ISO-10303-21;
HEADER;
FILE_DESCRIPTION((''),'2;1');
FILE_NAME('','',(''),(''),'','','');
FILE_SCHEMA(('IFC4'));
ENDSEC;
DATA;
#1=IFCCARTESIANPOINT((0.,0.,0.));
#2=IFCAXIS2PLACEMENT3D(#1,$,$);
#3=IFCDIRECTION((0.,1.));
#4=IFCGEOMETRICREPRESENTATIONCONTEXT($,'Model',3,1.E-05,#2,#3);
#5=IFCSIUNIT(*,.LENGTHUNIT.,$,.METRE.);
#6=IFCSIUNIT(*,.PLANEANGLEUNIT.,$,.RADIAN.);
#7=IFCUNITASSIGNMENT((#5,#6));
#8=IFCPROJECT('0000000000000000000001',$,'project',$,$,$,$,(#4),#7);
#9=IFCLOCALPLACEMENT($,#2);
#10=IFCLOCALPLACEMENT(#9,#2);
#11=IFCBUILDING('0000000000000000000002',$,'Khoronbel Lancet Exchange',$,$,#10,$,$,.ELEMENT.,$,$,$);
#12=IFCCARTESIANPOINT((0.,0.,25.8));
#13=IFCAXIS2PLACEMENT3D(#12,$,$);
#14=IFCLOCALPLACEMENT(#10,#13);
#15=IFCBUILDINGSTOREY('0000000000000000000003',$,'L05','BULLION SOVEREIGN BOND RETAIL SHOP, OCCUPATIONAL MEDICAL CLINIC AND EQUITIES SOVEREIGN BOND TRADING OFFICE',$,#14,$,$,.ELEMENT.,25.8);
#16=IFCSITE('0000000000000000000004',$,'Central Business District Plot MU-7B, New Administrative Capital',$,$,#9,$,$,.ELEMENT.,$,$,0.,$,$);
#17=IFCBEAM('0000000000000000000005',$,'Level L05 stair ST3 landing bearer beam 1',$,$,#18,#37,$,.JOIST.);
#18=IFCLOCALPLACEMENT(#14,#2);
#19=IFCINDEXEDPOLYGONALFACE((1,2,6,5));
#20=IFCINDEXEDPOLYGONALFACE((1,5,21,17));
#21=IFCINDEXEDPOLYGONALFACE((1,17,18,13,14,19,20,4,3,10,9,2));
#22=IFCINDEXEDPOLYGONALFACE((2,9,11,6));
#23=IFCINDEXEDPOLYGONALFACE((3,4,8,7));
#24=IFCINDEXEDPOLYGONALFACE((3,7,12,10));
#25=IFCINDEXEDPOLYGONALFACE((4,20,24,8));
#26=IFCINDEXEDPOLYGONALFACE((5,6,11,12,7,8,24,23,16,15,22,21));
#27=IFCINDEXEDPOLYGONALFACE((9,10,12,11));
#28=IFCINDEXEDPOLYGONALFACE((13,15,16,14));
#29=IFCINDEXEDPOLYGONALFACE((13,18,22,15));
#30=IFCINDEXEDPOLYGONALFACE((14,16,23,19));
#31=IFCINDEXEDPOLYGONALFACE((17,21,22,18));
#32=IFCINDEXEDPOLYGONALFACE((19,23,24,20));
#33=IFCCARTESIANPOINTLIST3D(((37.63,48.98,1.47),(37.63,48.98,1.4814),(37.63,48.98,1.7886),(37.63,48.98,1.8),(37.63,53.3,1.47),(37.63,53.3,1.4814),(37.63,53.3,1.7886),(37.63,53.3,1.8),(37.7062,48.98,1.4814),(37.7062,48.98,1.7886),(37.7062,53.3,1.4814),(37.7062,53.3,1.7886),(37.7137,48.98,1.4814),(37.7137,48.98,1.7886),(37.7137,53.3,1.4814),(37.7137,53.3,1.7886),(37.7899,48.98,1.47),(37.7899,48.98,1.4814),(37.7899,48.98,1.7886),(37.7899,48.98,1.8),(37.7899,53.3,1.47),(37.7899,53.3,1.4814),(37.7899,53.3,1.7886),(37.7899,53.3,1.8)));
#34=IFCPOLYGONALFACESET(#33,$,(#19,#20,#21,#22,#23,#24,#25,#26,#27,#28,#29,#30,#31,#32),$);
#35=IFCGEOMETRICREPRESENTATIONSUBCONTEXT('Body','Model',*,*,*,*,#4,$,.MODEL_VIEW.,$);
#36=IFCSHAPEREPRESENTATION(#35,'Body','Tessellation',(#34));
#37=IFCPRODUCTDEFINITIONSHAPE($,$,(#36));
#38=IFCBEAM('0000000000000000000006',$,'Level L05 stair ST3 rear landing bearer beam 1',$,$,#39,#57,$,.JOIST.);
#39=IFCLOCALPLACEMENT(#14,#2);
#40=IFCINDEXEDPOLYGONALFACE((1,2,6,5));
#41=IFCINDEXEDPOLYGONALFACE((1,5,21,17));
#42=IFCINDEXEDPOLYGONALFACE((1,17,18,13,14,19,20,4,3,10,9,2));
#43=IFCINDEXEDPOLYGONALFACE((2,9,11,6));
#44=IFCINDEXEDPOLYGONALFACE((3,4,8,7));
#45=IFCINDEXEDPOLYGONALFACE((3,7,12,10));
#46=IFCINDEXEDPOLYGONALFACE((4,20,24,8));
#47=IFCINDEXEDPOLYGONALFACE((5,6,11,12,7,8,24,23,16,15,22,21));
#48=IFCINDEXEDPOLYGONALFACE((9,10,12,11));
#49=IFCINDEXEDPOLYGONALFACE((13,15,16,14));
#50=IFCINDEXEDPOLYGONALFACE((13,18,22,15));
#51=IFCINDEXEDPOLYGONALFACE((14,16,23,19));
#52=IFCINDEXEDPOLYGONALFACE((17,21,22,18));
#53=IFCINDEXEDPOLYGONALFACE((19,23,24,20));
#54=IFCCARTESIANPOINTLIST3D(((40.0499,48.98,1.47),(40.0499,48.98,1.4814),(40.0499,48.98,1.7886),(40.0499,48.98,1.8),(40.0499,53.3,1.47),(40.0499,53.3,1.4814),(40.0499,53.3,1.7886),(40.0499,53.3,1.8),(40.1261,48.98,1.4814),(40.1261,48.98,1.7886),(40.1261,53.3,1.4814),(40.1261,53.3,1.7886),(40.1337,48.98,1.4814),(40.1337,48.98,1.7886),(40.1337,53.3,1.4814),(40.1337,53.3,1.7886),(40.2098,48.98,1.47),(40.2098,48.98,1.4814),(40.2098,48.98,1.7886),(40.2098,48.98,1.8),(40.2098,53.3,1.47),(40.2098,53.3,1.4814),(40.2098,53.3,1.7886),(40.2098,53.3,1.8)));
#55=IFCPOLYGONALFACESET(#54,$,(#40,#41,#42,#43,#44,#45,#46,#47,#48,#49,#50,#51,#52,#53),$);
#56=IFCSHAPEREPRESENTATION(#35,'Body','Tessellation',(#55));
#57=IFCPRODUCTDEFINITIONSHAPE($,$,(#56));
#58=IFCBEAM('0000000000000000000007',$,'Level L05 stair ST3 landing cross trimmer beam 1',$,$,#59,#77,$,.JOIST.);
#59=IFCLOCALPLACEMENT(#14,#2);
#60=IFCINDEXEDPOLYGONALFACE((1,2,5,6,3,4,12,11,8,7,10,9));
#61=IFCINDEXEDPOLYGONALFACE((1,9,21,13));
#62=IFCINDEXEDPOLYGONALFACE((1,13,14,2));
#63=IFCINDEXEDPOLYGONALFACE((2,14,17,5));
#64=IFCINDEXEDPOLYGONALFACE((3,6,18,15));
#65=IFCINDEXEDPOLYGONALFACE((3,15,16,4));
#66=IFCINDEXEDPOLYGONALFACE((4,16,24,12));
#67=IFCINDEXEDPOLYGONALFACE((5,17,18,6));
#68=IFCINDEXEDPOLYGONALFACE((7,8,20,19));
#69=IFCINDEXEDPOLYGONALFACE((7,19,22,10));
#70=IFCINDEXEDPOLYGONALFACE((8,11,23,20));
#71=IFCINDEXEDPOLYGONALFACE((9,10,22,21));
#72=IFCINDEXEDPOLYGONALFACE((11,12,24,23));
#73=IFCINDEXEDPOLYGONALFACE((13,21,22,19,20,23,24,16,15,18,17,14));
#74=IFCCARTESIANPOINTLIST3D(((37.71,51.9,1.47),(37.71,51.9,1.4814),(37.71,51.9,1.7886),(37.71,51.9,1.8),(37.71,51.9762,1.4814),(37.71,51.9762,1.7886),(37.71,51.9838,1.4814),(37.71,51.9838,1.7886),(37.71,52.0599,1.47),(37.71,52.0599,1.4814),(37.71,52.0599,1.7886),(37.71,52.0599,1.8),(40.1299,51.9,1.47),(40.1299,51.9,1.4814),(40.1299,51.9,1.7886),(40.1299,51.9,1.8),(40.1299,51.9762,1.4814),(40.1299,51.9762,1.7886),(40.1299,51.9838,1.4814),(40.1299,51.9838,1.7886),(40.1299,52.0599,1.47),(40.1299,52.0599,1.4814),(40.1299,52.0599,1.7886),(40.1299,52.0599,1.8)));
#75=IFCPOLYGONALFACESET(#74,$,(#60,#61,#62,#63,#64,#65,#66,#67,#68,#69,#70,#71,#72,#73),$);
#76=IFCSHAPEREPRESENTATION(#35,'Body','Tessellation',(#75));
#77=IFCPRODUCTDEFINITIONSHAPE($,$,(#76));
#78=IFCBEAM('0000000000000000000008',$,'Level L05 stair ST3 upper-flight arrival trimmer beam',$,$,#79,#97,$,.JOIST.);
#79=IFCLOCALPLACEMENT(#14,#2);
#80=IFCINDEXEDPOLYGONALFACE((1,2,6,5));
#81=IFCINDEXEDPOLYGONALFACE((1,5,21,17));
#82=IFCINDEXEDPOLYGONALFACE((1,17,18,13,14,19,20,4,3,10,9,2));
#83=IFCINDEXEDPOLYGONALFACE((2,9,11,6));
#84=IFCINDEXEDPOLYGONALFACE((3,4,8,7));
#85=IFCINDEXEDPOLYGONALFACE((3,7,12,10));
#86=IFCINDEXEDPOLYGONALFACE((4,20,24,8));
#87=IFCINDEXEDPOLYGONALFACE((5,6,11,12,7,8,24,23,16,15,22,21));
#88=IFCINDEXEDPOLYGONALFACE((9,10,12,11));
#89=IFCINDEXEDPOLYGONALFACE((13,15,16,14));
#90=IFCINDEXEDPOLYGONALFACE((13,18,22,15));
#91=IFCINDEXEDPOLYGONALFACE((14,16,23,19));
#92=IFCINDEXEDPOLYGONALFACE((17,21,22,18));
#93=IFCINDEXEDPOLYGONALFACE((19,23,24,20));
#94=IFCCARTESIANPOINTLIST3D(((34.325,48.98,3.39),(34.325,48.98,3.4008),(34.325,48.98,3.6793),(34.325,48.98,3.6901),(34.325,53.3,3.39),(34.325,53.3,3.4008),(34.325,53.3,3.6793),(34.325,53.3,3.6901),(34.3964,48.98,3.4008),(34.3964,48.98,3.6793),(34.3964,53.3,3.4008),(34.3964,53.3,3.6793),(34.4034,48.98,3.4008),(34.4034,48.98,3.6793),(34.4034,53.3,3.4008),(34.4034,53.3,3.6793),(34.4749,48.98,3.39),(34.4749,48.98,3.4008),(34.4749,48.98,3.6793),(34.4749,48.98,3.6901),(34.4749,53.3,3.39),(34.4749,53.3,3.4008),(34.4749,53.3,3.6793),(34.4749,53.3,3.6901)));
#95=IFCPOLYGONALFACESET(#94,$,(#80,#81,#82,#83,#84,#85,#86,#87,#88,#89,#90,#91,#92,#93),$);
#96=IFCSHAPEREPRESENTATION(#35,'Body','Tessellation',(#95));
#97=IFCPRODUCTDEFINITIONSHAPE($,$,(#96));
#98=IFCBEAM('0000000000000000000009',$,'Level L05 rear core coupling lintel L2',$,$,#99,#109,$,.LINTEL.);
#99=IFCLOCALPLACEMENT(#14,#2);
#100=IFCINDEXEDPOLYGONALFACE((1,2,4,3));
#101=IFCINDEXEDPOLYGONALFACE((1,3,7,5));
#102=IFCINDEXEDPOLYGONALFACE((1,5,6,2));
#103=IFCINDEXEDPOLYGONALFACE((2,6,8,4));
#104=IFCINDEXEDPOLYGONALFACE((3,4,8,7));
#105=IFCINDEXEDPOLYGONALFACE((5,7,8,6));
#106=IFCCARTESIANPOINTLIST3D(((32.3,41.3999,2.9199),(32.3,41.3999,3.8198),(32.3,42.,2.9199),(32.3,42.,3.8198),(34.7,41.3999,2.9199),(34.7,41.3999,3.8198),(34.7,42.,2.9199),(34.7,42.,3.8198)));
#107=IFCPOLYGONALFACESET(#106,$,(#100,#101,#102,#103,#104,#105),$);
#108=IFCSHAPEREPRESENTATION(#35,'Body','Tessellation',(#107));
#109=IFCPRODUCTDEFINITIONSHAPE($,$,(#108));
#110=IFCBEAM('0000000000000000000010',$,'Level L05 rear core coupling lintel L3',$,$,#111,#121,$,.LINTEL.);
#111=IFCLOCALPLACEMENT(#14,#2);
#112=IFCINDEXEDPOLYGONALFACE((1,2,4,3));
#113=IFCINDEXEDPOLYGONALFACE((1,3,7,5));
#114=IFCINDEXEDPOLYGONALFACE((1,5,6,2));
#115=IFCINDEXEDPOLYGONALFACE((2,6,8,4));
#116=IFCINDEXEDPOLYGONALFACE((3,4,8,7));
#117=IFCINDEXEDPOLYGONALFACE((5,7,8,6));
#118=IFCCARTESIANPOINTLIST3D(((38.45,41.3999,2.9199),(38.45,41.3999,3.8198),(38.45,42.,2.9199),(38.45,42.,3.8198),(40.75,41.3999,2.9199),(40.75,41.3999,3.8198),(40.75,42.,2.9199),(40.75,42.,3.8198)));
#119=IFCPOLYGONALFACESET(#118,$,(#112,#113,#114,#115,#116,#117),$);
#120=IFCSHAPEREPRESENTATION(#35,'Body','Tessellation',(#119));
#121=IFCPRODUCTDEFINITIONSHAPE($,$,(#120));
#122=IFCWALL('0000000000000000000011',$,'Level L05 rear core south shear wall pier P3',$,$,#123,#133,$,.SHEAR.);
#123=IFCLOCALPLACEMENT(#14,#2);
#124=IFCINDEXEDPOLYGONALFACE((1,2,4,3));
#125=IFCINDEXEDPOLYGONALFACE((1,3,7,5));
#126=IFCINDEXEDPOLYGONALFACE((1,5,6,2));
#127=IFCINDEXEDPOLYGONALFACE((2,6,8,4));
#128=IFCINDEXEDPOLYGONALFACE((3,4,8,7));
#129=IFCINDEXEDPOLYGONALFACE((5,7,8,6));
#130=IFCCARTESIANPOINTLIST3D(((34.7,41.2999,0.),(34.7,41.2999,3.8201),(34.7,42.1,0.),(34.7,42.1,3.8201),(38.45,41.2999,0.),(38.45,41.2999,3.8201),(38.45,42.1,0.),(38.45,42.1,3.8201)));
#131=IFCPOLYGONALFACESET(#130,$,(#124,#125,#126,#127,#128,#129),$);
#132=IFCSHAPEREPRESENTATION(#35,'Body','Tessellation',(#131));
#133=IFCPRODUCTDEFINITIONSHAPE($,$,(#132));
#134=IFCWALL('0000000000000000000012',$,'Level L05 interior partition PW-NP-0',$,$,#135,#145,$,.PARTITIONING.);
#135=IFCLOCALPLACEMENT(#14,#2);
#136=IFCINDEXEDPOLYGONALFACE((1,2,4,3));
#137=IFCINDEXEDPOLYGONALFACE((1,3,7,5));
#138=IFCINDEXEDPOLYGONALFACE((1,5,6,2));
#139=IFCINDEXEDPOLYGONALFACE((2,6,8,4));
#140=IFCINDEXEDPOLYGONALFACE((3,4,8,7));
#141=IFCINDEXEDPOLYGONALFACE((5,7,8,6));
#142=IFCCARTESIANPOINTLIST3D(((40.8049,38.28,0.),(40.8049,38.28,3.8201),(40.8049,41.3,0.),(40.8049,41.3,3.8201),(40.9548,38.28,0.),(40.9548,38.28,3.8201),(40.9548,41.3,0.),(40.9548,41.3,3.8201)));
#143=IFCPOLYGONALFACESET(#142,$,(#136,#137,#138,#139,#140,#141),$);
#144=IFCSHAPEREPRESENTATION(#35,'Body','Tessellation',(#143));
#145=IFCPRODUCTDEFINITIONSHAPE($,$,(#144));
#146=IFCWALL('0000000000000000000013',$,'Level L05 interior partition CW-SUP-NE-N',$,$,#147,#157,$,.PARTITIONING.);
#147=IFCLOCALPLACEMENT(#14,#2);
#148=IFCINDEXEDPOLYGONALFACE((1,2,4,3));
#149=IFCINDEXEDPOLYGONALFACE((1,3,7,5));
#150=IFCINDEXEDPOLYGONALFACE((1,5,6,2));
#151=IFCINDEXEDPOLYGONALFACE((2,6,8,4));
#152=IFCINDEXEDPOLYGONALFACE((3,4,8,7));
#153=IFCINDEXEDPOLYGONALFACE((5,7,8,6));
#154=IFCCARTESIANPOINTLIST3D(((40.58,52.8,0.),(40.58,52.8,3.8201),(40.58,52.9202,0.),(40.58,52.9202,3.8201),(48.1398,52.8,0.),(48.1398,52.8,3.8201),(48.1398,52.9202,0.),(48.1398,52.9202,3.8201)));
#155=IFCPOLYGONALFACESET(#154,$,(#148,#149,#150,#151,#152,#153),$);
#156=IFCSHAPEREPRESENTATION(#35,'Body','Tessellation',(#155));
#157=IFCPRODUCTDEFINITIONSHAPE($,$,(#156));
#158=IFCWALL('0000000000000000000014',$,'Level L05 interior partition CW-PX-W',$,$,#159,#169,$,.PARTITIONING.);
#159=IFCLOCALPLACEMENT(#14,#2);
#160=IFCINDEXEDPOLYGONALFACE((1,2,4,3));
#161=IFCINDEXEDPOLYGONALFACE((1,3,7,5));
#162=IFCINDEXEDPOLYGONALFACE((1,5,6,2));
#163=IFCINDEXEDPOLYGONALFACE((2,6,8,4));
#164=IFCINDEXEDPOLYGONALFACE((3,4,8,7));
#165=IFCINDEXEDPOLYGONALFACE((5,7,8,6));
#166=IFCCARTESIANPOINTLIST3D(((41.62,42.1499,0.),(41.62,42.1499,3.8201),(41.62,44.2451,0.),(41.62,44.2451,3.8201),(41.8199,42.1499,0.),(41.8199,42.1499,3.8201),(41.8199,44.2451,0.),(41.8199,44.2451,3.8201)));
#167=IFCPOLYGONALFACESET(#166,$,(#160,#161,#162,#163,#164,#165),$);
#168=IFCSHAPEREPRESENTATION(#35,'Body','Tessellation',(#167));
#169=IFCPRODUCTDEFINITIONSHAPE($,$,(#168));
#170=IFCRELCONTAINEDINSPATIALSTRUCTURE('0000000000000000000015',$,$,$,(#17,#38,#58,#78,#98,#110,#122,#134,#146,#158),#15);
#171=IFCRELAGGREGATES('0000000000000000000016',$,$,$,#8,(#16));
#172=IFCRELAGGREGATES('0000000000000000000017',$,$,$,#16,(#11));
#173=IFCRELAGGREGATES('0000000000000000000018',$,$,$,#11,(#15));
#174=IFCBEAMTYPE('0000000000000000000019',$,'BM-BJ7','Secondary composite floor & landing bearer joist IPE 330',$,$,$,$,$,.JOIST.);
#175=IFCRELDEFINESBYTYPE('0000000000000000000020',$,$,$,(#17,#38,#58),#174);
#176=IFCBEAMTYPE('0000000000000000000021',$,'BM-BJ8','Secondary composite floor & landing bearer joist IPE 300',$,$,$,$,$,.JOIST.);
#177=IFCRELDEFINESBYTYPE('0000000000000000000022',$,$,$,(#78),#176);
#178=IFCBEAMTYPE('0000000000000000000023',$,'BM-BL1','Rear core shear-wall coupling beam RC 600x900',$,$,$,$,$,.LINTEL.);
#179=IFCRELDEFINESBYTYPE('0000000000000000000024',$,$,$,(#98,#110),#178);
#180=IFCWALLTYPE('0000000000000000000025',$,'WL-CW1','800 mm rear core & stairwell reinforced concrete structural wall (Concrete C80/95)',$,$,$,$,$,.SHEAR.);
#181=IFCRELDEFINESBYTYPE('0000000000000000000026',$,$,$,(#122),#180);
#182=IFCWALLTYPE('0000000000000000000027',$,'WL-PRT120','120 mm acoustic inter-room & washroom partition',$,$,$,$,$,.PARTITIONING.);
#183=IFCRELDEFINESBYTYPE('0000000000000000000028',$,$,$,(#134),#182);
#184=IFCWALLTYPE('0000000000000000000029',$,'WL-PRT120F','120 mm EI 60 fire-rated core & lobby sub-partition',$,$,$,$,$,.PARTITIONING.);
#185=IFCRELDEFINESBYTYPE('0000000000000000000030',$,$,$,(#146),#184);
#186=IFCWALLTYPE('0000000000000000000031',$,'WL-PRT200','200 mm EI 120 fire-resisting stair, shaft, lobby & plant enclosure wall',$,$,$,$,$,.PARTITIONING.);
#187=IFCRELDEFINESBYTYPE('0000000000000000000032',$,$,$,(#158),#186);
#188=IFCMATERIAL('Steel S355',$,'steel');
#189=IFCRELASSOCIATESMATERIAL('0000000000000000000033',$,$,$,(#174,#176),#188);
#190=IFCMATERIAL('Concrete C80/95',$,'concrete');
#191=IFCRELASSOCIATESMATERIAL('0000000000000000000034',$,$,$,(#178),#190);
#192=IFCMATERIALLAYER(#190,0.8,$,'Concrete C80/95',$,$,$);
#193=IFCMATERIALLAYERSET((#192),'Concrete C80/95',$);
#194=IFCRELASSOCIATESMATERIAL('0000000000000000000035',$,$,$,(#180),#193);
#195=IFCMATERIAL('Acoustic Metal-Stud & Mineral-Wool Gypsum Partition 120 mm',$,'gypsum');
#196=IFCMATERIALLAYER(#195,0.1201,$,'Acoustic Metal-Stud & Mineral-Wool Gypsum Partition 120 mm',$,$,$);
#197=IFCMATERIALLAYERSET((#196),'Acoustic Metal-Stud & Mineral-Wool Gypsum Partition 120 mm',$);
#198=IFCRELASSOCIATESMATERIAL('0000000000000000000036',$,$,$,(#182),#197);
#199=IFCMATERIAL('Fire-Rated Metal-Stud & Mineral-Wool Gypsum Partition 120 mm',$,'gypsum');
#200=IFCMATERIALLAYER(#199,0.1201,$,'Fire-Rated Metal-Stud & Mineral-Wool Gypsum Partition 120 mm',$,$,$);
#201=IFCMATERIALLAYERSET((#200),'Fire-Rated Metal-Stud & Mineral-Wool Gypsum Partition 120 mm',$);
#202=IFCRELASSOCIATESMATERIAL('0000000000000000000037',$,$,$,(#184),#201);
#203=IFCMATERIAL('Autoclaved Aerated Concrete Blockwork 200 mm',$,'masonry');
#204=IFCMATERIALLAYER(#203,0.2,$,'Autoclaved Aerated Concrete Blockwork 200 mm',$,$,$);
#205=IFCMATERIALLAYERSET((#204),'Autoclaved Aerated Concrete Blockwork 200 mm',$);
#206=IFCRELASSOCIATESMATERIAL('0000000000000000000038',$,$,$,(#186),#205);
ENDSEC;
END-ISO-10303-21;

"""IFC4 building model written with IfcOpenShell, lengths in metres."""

from ifc_helpers import new_model, si_unit, direction, frame, frame_2d, origin, origin_2d, place, context, subcontext, project, spatial, rectangle, i_section, extrude, material, layer, layer_set, material_profile, profile_set, type_object, element, save


model = new_model("IFC4")

# Units and contexts
model_context = context("Model", 3, precision=1e-05, world=origin(), true_north=direction((0.0, 1.0)))
body_context = subcontext(model_context, "Body", "Model", "MODEL_VIEW")
ifc_project = project(units=[si_unit("LENGTHUNIT", "METRE"), si_unit("PLANEANGLEUNIT", "RADIAN")], contexts=[model_context])

# Site, building, storey
site_placement = place(None, origin())
site = spatial("IfcSite", under=ifc_project, at=site_placement, Name="Central Business District Plot MU-7B, New Administrative Capital", CompositionType="ELEMENT", RefElevation=0.0)
building_placement = place(site_placement, origin())
building = spatial("IfcBuilding", under=site, at=building_placement, Name="Khoronbel Lancet Exchange", CompositionType="ELEMENT")
storey_placement = place(building_placement, frame((0.0, 0.0, 25.8)))
storey = spatial("IfcBuildingStorey", under=building, at=storey_placement, Name="L05", Description="BULLION SOVEREIGN BOND RETAIL SHOP, OCCUPATIONAL MEDICAL CLINIC AND EQUITIES SOVEREIGN BOND TRADING OFFICE", CompositionType="ELEMENT", Elevation=25.8)

# Beams
ifc_material_1 = material(Name="Steel S355", Category="steel")
ifc_material_profile_1 = material_profile(ifc_material_1, i_section(OverallWidth=0.1599, OverallDepth=0.3301, WebThickness=0.0076, FlangeThickness=0.0115, at=origin_2d()), Name="IPE 330")
ifc_profile_set_1 = profile_set([ifc_material_profile_1], Name="Steel S355")
beam_type_1 = type_object("IfcBeamType", Name="BM-BJ7", Description="Secondary composite floor & landing bearer joist IPE 330", PredefinedType="JOIST", material=ifc_profile_set_1)
for number, where, z_axis, x_axis, name in (
    (1, (37.71, 48.98, 1.635), (0.0, 1.0, 0.0), (-1.0, 0.0, 0.0), "Level L05 stair ST3 landing bearer beam 1"),
    (2, (40.1299, 48.98, 1.635), (0.0, 1.0, 0.0), (-1.0, 0.0, 0.0), "Level L05 stair ST3 rear landing bearer beam 1"),
):
    element("IfcBeam", number, at=place(storey_placement, frame(where, z_axis=z_axis, x_axis=x_axis)), inside=storey, type_object=beam_type_1, Name=name, PredefinedType="JOIST", context=body_context, shape_type="SweptSolid", body=[
        extrude(i_section(OverallWidth=0.1599, OverallDepth=0.3301, WebThickness=0.0076, FlangeThickness=0.0115, at=origin_2d()), origin(), (0.0, 0.0, 1.0), 4.3201),
    ])
beam_1_placement = place(storey_placement, frame((37.71, 51.98, 1.635), z_axis=(1.0, 0.0, 0.0), x_axis=(0.0, 1.0, 0.0)))
element("IfcBeam", 3, at=beam_1_placement, inside=storey, type_object=beam_type_1, Name="Level L05 stair ST3 landing cross trimmer beam 1", PredefinedType="JOIST", context=body_context, shape_type="SweptSolid", body=[
    extrude(i_section(OverallWidth=0.1599, OverallDepth=0.3301, WebThickness=0.0076, FlangeThickness=0.0115, at=origin_2d()), origin(), (0.0, 0.0, 1.0), 2.4199),
])
ifc_material_profile_2 = material_profile(ifc_material_1, i_section(OverallWidth=0.1499, OverallDepth=0.3, WebThickness=0.0071, FlangeThickness=0.0107, at=origin_2d()), Name="IPE 300")
ifc_profile_set_2 = profile_set([ifc_material_profile_2], Name="Steel S355")
beam_type_2 = type_object("IfcBeamType", Name="BM-BJ8", Description="Secondary composite floor & landing bearer joist IPE 300", PredefinedType="JOIST", material=ifc_profile_set_2)
beam_2_placement = place(storey_placement, frame((34.3999, 48.98, 3.54), z_axis=(0.0, 1.0, 0.0), x_axis=(-1.0, 0.0, 0.0)))
element("IfcBeam", 4, at=beam_2_placement, inside=storey, type_object=beam_type_2, Name="Level L05 stair ST3 upper-flight arrival trimmer beam", PredefinedType="JOIST", context=body_context, shape_type="SweptSolid", body=[
    extrude(i_section(OverallWidth=0.1499, OverallDepth=0.3, WebThickness=0.0071, FlangeThickness=0.0107, at=origin_2d()), origin(), (0.0, 0.0, 1.0), 4.3201),
])
ifc_material_2 = material(Name="Concrete C80/95", Category="concrete")
ifc_material_profile_3 = material_profile(ifc_material_2, rectangle(XDim=0.6001, YDim=0.8999, at=origin_2d()), Name="RC 600x900")
ifc_profile_set_3 = profile_set([ifc_material_profile_3], Name="Concrete C80/95")
beam_type_3 = type_object("IfcBeamType", Name="BM-BL1", Description="Rear core shear-wall coupling beam RC 600x900", PredefinedType="LINTEL", material=ifc_profile_set_3)
beam_3_placement = place(storey_placement, frame((32.3, 41.7, 3.3699), z_axis=(1.0, 0.0, 0.0), x_axis=(0.0, 1.0, 0.0)))
element("IfcBeam", 5, at=beam_3_placement, inside=storey, type_object=beam_type_3, Name="Level L05 rear core coupling lintel L2", PredefinedType="LINTEL", context=body_context, shape_type="SweptSolid", body=[
    extrude(rectangle(XDim=0.6001, YDim=0.8999, at=origin_2d()), origin(), (0.0, 0.0, 1.0), 2.3999),
])
beam_4_placement = place(storey_placement, frame((38.45, 41.7, 3.3699), z_axis=(1.0, 0.0, 0.0), x_axis=(0.0, 1.0, 0.0)))
element("IfcBeam", 6, at=beam_4_placement, inside=storey, type_object=beam_type_3, Name="Level L05 rear core coupling lintel L3", PredefinedType="LINTEL", context=body_context, shape_type="SweptSolid", body=[
    extrude(rectangle(XDim=0.6001, YDim=0.8999, at=origin_2d()), origin(), (0.0, 0.0, 1.0), 2.3),
])

# Walls
ifc_layer_1 = layer(ifc_material_2, 0.8, Name="Concrete C80/95")
ifc_layer_set_1 = layer_set([ifc_layer_1], Name="Concrete C80/95")
wall_type_1 = type_object("IfcWallType", Name="WL-CW1", Description="800 mm rear core & stairwell reinforced concrete structural wall (Concrete C80/95)", PredefinedType="SHEAR", material=ifc_layer_set_1)
wall_1_placement = place(storey_placement, frame((38.45, 41.7, 0.0), z_axis=(0.0, 0.0, 1.0), x_axis=(-1.0, 0.0, 0.0)))
element("IfcWall", 7, at=wall_1_placement, inside=storey, type_object=wall_type_1, Name="Level L05 rear core south shear wall pier P3", PredefinedType="SHEAR", context=body_context, shape_type="SweptSolid", body=[
    extrude(rectangle(XDim=3.75, YDim=0.8, at=frame_2d((1.875, 0.0))), origin(), (0.0, 0.0, 1.0), 3.8201),
])
ifc_material_3 = material(Name="Acoustic Metal-Stud & Mineral-Wool Gypsum Partition 120 mm", Category="gypsum")
ifc_layer_2 = layer(ifc_material_3, 0.1201, Name="Acoustic Metal-Stud & Mineral-Wool Gypsum Partition 120 mm")
ifc_layer_set_2 = layer_set([ifc_layer_2], Name="Acoustic Metal-Stud & Mineral-Wool Gypsum Partition 120 mm")
wall_type_2 = type_object("IfcWallType", Name="WL-PRT120", Description="120 mm acoustic inter-room & washroom partition", PredefinedType="PARTITIONING", material=ifc_layer_set_2)
wall_2_placement = place(storey_placement, frame((40.8799, 38.28, 0.0), z_axis=(0.0, 0.0, 1.0), x_axis=(0.0, 1.0, 0.0)))
element("IfcWall", 8, at=wall_2_placement, inside=storey, type_object=wall_type_2, Name="Level L05 interior partition PW-NP-0", PredefinedType="PARTITIONING", context=body_context, shape_type="SweptSolid", body=[
    extrude(rectangle(XDim=3.02, YDim=0.1499, at=frame_2d((1.51, 0.0))), origin(), (0.0, 0.0, 1.0), 3.8201),
])
ifc_material_4 = material(Name="Fire-Rated Metal-Stud & Mineral-Wool Gypsum Partition 120 mm", Category="gypsum")
ifc_layer_3 = layer(ifc_material_4, 0.1201, Name="Fire-Rated Metal-Stud & Mineral-Wool Gypsum Partition 120 mm")
ifc_layer_set_3 = layer_set([ifc_layer_3], Name="Fire-Rated Metal-Stud & Mineral-Wool Gypsum Partition 120 mm")
wall_type_3 = type_object("IfcWallType", Name="WL-PRT120F", Description="120 mm EI 60 fire-rated core & lobby sub-partition", PredefinedType="PARTITIONING", material=ifc_layer_set_3)
wall_3_placement = place(storey_placement, frame((40.5801, 52.8601, 0.0), z_axis=(0.0, 0.0, 1.0), x_axis=(1.0, 0.0, 0.0)))
element("IfcWall", 9, at=wall_3_placement, inside=storey, type_object=wall_type_3, Name="Level L05 interior partition CW-SUP-NE-N", PredefinedType="PARTITIONING", context=body_context, shape_type="SweptSolid", body=[
    extrude(rectangle(XDim=7.5598, YDim=0.1201, at=frame_2d((3.7798, 0.0))), origin(), (0.0, 0.0, 1.0), 3.8201),
])
ifc_material_5 = material(Name="Autoclaved Aerated Concrete Blockwork 200 mm", Category="masonry")
ifc_layer_4 = layer(ifc_material_5, 0.2, Name="Autoclaved Aerated Concrete Blockwork 200 mm")
ifc_layer_set_4 = layer_set([ifc_layer_4], Name="Autoclaved Aerated Concrete Blockwork 200 mm")
wall_type_4 = type_object("IfcWallType", Name="WL-PRT200", Description="200 mm EI 120 fire-resisting stair, shaft, lobby & plant enclosure wall", PredefinedType="PARTITIONING", material=ifc_layer_set_4)
wall_4_placement = place(storey_placement, frame((41.72, 42.1499, 0.0), z_axis=(0.0, 0.0, 1.0), x_axis=(0.0, 1.0, 0.0)))
element("IfcWall", 10, at=wall_4_placement, inside=storey, type_object=wall_type_4, Name="Level L05 interior partition CW-PX-W", PredefinedType="PARTITIONING", context=body_context, shape_type="SweptSolid", body=[
    extrude(rectangle(XDim=2.0952, YDim=0.2, at=frame_2d((1.0476, 0.0))), origin(), (0.0, 0.0, 1.0), 3.8201),
])

save(model, "model.ifc")
